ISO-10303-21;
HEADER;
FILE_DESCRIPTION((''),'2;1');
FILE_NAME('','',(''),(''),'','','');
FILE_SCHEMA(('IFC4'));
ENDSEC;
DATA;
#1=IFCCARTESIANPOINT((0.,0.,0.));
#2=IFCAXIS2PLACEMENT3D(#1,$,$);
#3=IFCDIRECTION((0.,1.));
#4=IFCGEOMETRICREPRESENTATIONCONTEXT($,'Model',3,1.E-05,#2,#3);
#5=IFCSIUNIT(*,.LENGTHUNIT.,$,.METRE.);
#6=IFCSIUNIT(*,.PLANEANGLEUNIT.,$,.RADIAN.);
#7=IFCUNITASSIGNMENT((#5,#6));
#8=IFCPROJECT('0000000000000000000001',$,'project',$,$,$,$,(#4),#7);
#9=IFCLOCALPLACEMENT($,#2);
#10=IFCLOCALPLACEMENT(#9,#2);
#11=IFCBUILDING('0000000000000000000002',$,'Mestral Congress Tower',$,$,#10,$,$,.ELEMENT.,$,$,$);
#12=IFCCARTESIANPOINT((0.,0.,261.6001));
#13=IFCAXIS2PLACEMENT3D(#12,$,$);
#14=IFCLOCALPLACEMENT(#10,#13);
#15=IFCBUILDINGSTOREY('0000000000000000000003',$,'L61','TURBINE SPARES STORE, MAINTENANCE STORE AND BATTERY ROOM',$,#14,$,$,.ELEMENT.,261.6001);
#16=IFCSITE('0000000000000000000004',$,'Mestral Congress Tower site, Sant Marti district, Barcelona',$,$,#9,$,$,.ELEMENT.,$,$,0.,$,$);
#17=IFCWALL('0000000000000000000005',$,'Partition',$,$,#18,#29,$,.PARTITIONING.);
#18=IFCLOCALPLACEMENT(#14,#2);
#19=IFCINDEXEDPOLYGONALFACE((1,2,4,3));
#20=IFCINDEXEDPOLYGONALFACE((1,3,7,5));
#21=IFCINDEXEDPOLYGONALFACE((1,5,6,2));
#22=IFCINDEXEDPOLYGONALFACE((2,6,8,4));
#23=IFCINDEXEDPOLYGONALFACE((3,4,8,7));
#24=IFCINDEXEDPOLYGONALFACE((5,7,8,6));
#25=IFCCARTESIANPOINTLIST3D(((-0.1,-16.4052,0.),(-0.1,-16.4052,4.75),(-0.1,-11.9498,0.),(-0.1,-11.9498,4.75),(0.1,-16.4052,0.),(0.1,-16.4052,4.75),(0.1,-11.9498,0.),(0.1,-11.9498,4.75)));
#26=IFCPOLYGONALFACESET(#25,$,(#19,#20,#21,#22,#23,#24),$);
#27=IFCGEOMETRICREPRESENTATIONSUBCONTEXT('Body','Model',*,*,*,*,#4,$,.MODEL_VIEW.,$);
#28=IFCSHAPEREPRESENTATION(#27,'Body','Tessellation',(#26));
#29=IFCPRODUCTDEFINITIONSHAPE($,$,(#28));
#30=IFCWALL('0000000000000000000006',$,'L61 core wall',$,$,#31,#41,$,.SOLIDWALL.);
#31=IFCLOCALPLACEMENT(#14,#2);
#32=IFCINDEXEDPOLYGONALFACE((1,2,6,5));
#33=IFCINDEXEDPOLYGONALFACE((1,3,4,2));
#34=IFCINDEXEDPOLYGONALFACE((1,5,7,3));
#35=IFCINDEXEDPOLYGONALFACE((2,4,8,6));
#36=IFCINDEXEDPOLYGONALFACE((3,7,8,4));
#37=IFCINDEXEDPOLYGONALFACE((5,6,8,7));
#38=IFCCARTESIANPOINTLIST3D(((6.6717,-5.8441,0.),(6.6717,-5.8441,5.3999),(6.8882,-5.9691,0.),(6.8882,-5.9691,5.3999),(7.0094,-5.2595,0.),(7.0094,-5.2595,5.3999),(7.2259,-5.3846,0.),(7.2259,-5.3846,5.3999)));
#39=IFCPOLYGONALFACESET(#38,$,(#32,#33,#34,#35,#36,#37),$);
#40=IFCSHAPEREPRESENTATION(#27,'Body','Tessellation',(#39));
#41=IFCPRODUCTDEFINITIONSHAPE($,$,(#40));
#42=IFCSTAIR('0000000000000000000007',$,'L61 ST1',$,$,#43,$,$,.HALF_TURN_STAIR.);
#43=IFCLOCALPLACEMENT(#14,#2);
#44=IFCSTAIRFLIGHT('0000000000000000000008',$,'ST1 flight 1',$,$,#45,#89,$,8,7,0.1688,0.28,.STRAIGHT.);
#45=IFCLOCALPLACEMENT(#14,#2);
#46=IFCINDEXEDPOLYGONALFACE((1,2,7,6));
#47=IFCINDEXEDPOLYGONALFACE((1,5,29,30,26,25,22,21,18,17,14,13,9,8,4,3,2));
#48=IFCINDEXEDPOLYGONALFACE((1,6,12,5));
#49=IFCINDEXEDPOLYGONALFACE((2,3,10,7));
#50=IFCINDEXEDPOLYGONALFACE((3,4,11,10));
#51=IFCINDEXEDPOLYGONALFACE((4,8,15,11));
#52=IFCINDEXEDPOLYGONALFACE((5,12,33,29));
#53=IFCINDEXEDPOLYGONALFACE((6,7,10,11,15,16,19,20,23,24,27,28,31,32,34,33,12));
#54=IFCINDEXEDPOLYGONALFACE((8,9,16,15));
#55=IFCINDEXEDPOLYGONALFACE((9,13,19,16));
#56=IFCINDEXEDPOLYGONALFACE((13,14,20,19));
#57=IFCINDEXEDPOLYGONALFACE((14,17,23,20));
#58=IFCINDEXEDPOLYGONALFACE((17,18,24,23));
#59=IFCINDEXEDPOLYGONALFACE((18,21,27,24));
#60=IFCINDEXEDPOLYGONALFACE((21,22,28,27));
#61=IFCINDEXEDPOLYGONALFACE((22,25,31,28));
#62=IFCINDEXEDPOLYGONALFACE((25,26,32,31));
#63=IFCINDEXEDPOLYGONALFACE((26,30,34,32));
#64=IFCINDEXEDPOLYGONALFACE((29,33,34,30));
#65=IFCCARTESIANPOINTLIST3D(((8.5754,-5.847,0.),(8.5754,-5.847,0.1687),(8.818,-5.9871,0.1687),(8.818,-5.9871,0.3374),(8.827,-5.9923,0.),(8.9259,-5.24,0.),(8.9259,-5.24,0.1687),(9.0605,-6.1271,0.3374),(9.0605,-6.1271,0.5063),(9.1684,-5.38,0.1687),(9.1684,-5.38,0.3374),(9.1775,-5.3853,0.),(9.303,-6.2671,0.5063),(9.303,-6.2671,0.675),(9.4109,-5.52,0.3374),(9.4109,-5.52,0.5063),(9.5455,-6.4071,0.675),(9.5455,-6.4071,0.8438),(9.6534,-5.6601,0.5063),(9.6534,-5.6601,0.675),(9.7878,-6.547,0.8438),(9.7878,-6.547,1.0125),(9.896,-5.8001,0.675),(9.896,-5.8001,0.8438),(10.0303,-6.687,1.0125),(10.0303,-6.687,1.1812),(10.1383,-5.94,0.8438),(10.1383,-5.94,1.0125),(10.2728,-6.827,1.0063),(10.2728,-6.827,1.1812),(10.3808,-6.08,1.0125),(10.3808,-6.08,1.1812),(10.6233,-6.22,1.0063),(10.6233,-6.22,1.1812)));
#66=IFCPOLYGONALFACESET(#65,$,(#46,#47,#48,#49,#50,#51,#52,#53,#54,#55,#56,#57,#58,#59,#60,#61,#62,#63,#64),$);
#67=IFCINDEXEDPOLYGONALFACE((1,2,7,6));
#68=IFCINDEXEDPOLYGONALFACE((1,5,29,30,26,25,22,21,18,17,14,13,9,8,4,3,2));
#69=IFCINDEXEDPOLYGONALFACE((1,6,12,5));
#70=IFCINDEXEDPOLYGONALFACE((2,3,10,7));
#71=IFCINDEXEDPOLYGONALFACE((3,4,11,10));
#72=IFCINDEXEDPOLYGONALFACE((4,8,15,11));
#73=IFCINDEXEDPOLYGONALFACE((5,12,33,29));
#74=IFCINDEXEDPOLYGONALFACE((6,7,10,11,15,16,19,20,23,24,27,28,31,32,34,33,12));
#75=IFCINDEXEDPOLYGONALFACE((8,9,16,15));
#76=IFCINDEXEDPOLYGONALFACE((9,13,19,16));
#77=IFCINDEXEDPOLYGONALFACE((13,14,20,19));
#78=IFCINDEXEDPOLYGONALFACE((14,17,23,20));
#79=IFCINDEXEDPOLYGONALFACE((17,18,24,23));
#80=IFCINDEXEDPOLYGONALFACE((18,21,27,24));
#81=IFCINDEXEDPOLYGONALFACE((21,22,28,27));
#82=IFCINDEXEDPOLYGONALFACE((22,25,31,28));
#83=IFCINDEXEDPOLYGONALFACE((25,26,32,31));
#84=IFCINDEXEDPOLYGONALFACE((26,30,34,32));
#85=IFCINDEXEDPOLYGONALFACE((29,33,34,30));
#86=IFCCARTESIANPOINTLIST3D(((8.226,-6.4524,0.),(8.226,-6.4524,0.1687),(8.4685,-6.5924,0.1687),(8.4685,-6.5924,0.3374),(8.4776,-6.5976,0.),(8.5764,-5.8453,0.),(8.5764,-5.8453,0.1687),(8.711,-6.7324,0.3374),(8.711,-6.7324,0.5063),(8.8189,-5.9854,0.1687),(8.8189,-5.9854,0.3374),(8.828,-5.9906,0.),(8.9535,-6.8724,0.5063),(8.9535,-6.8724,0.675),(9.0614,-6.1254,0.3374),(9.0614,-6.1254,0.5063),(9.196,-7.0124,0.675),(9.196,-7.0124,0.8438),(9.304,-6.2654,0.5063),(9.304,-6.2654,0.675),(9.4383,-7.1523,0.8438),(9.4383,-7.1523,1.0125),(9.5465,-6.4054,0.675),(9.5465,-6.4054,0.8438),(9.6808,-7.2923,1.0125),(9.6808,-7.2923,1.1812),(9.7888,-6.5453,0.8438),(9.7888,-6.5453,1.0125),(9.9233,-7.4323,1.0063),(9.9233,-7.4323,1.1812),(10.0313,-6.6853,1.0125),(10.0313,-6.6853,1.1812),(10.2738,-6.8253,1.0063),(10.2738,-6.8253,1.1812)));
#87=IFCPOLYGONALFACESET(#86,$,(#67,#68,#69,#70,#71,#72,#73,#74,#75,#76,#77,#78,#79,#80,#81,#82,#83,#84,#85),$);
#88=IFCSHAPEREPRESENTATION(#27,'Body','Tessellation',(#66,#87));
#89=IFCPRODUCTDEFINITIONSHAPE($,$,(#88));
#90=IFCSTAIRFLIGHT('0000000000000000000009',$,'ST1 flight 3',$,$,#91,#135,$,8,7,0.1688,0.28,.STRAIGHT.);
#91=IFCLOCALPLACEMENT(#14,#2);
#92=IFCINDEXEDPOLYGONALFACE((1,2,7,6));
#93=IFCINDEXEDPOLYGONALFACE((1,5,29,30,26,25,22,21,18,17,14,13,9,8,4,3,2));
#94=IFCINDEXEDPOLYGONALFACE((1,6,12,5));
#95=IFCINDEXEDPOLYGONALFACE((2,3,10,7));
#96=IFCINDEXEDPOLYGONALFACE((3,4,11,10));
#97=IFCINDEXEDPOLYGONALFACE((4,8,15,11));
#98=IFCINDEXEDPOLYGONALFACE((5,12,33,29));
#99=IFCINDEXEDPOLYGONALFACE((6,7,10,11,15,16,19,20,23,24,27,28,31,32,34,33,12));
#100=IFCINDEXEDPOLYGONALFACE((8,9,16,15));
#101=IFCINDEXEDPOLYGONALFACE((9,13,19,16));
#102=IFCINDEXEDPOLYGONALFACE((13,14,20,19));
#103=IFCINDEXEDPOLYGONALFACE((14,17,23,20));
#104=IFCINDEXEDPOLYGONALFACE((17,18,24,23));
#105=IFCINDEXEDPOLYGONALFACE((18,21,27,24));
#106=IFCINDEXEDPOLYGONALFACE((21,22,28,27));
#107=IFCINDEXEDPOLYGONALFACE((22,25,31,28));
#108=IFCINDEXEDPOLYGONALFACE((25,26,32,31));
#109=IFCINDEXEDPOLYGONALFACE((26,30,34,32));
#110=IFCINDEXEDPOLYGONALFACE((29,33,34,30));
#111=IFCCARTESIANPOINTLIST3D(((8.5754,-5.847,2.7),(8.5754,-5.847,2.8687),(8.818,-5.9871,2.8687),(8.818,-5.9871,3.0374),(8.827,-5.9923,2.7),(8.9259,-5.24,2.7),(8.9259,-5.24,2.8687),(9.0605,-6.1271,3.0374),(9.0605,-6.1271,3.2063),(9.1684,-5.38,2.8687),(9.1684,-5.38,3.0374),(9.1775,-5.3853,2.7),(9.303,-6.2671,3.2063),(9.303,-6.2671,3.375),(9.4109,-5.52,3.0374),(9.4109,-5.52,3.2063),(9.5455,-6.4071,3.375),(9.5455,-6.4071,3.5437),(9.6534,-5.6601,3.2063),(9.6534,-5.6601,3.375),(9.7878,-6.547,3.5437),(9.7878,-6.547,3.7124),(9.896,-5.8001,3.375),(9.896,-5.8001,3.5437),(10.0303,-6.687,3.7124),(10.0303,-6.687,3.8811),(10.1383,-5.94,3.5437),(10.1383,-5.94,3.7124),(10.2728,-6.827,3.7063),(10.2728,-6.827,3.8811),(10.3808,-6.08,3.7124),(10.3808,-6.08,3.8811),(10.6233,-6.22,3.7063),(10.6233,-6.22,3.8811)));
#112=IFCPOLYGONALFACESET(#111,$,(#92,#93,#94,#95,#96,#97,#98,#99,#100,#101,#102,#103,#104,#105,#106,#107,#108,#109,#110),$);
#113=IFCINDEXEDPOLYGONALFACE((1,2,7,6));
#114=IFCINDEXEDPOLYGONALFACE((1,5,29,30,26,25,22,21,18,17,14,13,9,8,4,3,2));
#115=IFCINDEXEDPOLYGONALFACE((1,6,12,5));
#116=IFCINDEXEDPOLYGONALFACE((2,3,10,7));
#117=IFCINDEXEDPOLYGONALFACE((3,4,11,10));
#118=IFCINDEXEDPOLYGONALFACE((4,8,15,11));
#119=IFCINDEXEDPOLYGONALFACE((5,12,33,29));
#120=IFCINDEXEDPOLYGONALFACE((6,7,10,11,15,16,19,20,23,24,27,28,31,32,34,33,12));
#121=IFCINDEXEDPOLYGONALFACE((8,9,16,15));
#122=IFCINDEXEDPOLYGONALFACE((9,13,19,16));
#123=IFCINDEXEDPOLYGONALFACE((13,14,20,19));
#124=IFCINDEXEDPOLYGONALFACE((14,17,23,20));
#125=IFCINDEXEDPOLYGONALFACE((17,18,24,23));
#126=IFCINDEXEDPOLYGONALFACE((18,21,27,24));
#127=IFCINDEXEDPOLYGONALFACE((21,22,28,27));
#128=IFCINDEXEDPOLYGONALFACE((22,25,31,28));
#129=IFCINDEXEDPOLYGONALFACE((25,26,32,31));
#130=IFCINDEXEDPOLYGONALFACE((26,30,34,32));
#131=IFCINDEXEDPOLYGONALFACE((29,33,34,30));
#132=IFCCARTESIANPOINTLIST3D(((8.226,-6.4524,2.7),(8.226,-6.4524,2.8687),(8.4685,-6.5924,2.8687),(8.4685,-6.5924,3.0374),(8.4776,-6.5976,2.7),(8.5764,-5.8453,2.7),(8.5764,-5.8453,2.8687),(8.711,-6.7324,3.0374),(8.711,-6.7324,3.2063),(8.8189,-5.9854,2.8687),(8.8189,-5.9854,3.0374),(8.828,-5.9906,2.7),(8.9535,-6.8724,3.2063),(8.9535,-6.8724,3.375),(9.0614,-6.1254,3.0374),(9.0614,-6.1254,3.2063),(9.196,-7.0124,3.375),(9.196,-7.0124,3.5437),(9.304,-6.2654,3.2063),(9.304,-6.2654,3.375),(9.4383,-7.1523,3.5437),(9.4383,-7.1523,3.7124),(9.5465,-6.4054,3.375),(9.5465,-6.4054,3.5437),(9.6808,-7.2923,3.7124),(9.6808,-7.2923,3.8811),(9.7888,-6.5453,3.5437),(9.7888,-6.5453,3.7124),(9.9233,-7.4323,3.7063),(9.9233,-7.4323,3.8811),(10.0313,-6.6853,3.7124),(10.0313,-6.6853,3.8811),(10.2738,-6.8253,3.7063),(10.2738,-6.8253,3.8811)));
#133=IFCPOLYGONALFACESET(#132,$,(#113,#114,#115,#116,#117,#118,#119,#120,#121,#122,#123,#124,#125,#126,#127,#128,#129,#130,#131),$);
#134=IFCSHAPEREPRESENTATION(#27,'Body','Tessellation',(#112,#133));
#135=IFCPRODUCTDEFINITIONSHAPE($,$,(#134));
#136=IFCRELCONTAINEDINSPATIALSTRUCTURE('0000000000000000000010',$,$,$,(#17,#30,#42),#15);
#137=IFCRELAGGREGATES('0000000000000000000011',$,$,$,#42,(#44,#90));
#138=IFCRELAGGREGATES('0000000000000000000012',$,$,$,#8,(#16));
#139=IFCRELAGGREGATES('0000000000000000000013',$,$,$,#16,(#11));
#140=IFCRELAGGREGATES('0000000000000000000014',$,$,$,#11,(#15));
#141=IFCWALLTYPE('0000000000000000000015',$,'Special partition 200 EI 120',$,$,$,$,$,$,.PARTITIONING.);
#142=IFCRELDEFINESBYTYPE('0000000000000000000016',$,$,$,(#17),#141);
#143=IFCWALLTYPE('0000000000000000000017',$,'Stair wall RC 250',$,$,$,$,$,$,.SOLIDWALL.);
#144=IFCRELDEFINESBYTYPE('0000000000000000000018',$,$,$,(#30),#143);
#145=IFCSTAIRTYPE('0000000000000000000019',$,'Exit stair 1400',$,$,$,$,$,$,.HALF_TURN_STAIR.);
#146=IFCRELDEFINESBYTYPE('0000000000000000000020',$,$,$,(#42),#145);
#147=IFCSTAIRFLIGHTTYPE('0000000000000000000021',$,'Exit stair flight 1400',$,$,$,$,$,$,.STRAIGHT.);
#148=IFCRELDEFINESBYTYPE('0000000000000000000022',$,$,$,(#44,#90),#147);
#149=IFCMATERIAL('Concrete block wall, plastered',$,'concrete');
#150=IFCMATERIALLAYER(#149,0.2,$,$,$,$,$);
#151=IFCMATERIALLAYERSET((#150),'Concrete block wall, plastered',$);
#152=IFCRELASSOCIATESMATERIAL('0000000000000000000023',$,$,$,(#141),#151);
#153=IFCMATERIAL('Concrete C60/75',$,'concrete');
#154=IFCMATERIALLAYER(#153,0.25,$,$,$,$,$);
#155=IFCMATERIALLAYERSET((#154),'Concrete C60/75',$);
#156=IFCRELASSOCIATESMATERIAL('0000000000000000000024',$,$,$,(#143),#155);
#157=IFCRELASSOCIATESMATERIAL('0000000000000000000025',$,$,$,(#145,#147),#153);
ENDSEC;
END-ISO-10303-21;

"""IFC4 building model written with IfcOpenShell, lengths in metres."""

from ifc_helpers import new_model, si_unit, direction, frame, frame_2d, origin, place, context, subcontext, project, spatial, polyline, rectangle, outline, extrude, material, layer, layer_set, type_object, element, aggregate, save


model = new_model("IFC4")

# Units and contexts
model_context = context("Model", 3, precision=1e-05, world=origin(), true_north=direction((0.0, 1.0)))
body_context = subcontext(model_context, "Body", "Model", "MODEL_VIEW")
ifc_project = project(units=[si_unit("LENGTHUNIT", "METRE"), si_unit("PLANEANGLEUNIT", "RADIAN")], contexts=[model_context])

# Site, building, storey
site_placement = place(None, origin())
site = spatial("IfcSite", under=ifc_project, at=site_placement, Name="Mestral Congress Tower site, Sant Marti district, Barcelona", CompositionType="ELEMENT", RefElevation=0.0)
building_placement = place(site_placement, origin())
building = spatial("IfcBuilding", under=site, at=building_placement, Name="Mestral Congress Tower", CompositionType="ELEMENT")
storey_placement = place(building_placement, frame((0.0, 0.0, 261.6001)))
storey = spatial("IfcBuildingStorey", under=building, at=storey_placement, Name="L61", Description="TURBINE SPARES STORE, MAINTENANCE STORE AND BATTERY ROOM", CompositionType="ELEMENT", Elevation=261.6001)

# Shared definitions
placement = place(storey_placement, origin())

# Shared definitions
ifc_material_1 = material(Name="Concrete C60/75", Category="concrete")

# Walls
ifc_material_2 = material(Name="Concrete block wall, plastered", Category="concrete")
ifc_layer_1 = layer(ifc_material_2, 0.2)
ifc_layer_set_1 = layer_set([ifc_layer_1], Name="Concrete block wall, plastered")
wall_type_1 = type_object("IfcWallType", Name="Special partition 200 EI 120", PredefinedType="PARTITIONING", material=ifc_layer_set_1)
wall_1_placement = place(storey_placement, frame((0.0, -11.95, 0.0), z_axis=(0.0, 0.0, 1.0), x_axis=(0.0, -1.0, 0.0)))
element("IfcWall", 1, at=wall_1_placement, inside=storey, type_object=wall_type_1, Name="Partition", PredefinedType="PARTITIONING", context=body_context, shape_type="SweptSolid", body=[
    extrude(rectangle(XDim=4.4553, YDim=0.2, at=frame_2d((2.2275, 0.0))), origin(), (0.0, 0.0, 1.0), 4.75),
])
ifc_layer_2 = layer(ifc_material_1, 0.25)
ifc_layer_set_2 = layer_set([ifc_layer_2], Name="Concrete C60/75")
wall_type_2 = type_object("IfcWallType", Name="Stair wall RC 250", PredefinedType="SOLIDWALL", material=ifc_layer_set_2)
wall_2_placement = place(storey_placement, frame((6.78, -5.9065, 0.0), z_axis=(0.0, 0.0, 1.0), x_axis=(0.500223, 0.865896, 0.0)))
element("IfcWall", 2, at=wall_2_placement, inside=storey, type_object=wall_type_2, Name="L61 core wall", PredefinedType="SOLIDWALL", context=body_context, shape_type="SweptSolid", body=[
    extrude(rectangle(XDim=0.675, YDim=0.25, at=frame_2d((0.3374, 0.0))), origin(), (0.0, 0.0, 1.0), 5.3999),
])

# Stair, stair flights
stair_type = type_object("IfcStairType", Name="Exit stair 1400", PredefinedType="HALF_TURN_STAIR", material=ifc_material_1)
stair = element("IfcStair", 3, at=placement, inside=storey, type_object=stair_type, Name="L61 ST1", PredefinedType="HALF_TURN_STAIR")
stair_flight_type = type_object("IfcStairFlightType", Name="Exit stair flight 1400", PredefinedType="STRAIGHT", material=ifc_material_1)
stair_flight_1_placement = place(storey_placement, frame((8.5759, -5.8462, 0.0), z_axis=(0.0, 0.0, 1.0), x_axis=(0.866025, -0.5, 0.0)))
stair_flight_1 = element("IfcStairFlight", 4, at=stair_flight_1_placement, type_object=stair_flight_type, Name="ST1 flight 1", NumberOfRisers=8, NumberOfTreads=7, PredefinedType="STRAIGHT", RiserHeight=0.1688, TreadLength=0.28, context=body_context, shape_type="SweptSolid", body=[
    extrude(outline(polyline([(0.0, 0.0), (0.0, 0.1687), (0.28, 0.1687), (0.28, 0.3374), (0.5601, 0.3374), (0.5601, 0.5063), (0.8401, 0.5063), (0.8401, 0.675), (1.1201, 0.675), (1.1201, 0.8438), (1.3999, 0.8438), (1.3999, 1.0125), (1.6799, 1.0125), (1.6799, 1.1812), (1.96, 1.1812), (1.96, 1.3501), (1.96, 1.0063), (0.2905, 0.0), (0.0, 0.0)])), frame((0.0, 0.7, 0.0), z_axis=(0.0, -1.0, 0.0), x_axis=(1.0, 0.0, 0.0)), (0.0, 0.0, 1.0), 0.7009),
    extrude(outline(polyline([(0.0, 0.0), (0.0, 0.1687), (0.28, 0.1687), (0.28, 0.3374), (0.5601, 0.3374), (0.5601, 0.5063), (0.8401, 0.5063), (0.8401, 0.675), (1.1201, 0.675), (1.1201, 0.8438), (1.3999, 0.8438), (1.3999, 1.0125), (1.6799, 1.0125), (1.6799, 1.1812), (1.96, 1.1812), (1.96, 1.3501), (1.96, 1.0063), (0.2905, 0.0), (0.0, 0.0)])), frame((0.0, 0.001, 0.0), z_axis=(0.0, -1.0, 0.0), x_axis=(1.0, 0.0, 0.0)), (0.0, 0.0, 1.0), 0.7009),
])
stair_flight_2_placement = place(storey_placement, frame((8.5759, -5.8462, 2.7), z_axis=(0.0, 0.0, 1.0), x_axis=(0.866025, -0.5, 0.0)))
stair_flight_2 = element("IfcStairFlight", 5, at=stair_flight_2_placement, type_object=stair_flight_type, Name="ST1 flight 3", NumberOfRisers=8, NumberOfTreads=7, PredefinedType="STRAIGHT", RiserHeight=0.1688, TreadLength=0.28, context=body_context, shape_type="SweptSolid", body=[
    extrude(outline(polyline([(0.0, 0.0), (0.0, 0.1687), (0.28, 0.1687), (0.28, 0.3374), (0.5601, 0.3374), (0.5601, 0.5063), (0.8401, 0.5063), (0.8401, 0.675), (1.1201, 0.675), (1.1201, 0.8438), (1.3999, 0.8438), (1.3999, 1.0125), (1.6799, 1.0125), (1.6799, 1.1812), (1.96, 1.1812), (1.96, 1.3501), (1.96, 1.0063), (0.2905, 0.0), (0.0, 0.0)])), frame((0.0, 0.7, 0.0), z_axis=(0.0, -1.0, 0.0), x_axis=(1.0, 0.0, 0.0)), (0.0, 0.0, 1.0), 0.7009),
    extrude(outline(polyline([(0.0, 0.0), (0.0, 0.1687), (0.28, 0.1687), (0.28, 0.3374), (0.5601, 0.3374), (0.5601, 0.5063), (0.8401, 0.5063), (0.8401, 0.675), (1.1201, 0.675), (1.1201, 0.8438), (1.3999, 0.8438), (1.3999, 1.0125), (1.6799, 1.0125), (1.6799, 1.1812), (1.96, 1.1812), (1.96, 1.3501), (1.96, 1.0063), (0.2905, 0.0), (0.0, 0.0)])), frame((0.0, 0.001, 0.0), z_axis=(0.0, -1.0, 0.0), x_axis=(1.0, 0.0, 0.0)), (0.0, 0.0, 1.0), 0.7009),
])
aggregate(stair, [stair_flight_1, stair_flight_2])

save(model, "model.ifc")
